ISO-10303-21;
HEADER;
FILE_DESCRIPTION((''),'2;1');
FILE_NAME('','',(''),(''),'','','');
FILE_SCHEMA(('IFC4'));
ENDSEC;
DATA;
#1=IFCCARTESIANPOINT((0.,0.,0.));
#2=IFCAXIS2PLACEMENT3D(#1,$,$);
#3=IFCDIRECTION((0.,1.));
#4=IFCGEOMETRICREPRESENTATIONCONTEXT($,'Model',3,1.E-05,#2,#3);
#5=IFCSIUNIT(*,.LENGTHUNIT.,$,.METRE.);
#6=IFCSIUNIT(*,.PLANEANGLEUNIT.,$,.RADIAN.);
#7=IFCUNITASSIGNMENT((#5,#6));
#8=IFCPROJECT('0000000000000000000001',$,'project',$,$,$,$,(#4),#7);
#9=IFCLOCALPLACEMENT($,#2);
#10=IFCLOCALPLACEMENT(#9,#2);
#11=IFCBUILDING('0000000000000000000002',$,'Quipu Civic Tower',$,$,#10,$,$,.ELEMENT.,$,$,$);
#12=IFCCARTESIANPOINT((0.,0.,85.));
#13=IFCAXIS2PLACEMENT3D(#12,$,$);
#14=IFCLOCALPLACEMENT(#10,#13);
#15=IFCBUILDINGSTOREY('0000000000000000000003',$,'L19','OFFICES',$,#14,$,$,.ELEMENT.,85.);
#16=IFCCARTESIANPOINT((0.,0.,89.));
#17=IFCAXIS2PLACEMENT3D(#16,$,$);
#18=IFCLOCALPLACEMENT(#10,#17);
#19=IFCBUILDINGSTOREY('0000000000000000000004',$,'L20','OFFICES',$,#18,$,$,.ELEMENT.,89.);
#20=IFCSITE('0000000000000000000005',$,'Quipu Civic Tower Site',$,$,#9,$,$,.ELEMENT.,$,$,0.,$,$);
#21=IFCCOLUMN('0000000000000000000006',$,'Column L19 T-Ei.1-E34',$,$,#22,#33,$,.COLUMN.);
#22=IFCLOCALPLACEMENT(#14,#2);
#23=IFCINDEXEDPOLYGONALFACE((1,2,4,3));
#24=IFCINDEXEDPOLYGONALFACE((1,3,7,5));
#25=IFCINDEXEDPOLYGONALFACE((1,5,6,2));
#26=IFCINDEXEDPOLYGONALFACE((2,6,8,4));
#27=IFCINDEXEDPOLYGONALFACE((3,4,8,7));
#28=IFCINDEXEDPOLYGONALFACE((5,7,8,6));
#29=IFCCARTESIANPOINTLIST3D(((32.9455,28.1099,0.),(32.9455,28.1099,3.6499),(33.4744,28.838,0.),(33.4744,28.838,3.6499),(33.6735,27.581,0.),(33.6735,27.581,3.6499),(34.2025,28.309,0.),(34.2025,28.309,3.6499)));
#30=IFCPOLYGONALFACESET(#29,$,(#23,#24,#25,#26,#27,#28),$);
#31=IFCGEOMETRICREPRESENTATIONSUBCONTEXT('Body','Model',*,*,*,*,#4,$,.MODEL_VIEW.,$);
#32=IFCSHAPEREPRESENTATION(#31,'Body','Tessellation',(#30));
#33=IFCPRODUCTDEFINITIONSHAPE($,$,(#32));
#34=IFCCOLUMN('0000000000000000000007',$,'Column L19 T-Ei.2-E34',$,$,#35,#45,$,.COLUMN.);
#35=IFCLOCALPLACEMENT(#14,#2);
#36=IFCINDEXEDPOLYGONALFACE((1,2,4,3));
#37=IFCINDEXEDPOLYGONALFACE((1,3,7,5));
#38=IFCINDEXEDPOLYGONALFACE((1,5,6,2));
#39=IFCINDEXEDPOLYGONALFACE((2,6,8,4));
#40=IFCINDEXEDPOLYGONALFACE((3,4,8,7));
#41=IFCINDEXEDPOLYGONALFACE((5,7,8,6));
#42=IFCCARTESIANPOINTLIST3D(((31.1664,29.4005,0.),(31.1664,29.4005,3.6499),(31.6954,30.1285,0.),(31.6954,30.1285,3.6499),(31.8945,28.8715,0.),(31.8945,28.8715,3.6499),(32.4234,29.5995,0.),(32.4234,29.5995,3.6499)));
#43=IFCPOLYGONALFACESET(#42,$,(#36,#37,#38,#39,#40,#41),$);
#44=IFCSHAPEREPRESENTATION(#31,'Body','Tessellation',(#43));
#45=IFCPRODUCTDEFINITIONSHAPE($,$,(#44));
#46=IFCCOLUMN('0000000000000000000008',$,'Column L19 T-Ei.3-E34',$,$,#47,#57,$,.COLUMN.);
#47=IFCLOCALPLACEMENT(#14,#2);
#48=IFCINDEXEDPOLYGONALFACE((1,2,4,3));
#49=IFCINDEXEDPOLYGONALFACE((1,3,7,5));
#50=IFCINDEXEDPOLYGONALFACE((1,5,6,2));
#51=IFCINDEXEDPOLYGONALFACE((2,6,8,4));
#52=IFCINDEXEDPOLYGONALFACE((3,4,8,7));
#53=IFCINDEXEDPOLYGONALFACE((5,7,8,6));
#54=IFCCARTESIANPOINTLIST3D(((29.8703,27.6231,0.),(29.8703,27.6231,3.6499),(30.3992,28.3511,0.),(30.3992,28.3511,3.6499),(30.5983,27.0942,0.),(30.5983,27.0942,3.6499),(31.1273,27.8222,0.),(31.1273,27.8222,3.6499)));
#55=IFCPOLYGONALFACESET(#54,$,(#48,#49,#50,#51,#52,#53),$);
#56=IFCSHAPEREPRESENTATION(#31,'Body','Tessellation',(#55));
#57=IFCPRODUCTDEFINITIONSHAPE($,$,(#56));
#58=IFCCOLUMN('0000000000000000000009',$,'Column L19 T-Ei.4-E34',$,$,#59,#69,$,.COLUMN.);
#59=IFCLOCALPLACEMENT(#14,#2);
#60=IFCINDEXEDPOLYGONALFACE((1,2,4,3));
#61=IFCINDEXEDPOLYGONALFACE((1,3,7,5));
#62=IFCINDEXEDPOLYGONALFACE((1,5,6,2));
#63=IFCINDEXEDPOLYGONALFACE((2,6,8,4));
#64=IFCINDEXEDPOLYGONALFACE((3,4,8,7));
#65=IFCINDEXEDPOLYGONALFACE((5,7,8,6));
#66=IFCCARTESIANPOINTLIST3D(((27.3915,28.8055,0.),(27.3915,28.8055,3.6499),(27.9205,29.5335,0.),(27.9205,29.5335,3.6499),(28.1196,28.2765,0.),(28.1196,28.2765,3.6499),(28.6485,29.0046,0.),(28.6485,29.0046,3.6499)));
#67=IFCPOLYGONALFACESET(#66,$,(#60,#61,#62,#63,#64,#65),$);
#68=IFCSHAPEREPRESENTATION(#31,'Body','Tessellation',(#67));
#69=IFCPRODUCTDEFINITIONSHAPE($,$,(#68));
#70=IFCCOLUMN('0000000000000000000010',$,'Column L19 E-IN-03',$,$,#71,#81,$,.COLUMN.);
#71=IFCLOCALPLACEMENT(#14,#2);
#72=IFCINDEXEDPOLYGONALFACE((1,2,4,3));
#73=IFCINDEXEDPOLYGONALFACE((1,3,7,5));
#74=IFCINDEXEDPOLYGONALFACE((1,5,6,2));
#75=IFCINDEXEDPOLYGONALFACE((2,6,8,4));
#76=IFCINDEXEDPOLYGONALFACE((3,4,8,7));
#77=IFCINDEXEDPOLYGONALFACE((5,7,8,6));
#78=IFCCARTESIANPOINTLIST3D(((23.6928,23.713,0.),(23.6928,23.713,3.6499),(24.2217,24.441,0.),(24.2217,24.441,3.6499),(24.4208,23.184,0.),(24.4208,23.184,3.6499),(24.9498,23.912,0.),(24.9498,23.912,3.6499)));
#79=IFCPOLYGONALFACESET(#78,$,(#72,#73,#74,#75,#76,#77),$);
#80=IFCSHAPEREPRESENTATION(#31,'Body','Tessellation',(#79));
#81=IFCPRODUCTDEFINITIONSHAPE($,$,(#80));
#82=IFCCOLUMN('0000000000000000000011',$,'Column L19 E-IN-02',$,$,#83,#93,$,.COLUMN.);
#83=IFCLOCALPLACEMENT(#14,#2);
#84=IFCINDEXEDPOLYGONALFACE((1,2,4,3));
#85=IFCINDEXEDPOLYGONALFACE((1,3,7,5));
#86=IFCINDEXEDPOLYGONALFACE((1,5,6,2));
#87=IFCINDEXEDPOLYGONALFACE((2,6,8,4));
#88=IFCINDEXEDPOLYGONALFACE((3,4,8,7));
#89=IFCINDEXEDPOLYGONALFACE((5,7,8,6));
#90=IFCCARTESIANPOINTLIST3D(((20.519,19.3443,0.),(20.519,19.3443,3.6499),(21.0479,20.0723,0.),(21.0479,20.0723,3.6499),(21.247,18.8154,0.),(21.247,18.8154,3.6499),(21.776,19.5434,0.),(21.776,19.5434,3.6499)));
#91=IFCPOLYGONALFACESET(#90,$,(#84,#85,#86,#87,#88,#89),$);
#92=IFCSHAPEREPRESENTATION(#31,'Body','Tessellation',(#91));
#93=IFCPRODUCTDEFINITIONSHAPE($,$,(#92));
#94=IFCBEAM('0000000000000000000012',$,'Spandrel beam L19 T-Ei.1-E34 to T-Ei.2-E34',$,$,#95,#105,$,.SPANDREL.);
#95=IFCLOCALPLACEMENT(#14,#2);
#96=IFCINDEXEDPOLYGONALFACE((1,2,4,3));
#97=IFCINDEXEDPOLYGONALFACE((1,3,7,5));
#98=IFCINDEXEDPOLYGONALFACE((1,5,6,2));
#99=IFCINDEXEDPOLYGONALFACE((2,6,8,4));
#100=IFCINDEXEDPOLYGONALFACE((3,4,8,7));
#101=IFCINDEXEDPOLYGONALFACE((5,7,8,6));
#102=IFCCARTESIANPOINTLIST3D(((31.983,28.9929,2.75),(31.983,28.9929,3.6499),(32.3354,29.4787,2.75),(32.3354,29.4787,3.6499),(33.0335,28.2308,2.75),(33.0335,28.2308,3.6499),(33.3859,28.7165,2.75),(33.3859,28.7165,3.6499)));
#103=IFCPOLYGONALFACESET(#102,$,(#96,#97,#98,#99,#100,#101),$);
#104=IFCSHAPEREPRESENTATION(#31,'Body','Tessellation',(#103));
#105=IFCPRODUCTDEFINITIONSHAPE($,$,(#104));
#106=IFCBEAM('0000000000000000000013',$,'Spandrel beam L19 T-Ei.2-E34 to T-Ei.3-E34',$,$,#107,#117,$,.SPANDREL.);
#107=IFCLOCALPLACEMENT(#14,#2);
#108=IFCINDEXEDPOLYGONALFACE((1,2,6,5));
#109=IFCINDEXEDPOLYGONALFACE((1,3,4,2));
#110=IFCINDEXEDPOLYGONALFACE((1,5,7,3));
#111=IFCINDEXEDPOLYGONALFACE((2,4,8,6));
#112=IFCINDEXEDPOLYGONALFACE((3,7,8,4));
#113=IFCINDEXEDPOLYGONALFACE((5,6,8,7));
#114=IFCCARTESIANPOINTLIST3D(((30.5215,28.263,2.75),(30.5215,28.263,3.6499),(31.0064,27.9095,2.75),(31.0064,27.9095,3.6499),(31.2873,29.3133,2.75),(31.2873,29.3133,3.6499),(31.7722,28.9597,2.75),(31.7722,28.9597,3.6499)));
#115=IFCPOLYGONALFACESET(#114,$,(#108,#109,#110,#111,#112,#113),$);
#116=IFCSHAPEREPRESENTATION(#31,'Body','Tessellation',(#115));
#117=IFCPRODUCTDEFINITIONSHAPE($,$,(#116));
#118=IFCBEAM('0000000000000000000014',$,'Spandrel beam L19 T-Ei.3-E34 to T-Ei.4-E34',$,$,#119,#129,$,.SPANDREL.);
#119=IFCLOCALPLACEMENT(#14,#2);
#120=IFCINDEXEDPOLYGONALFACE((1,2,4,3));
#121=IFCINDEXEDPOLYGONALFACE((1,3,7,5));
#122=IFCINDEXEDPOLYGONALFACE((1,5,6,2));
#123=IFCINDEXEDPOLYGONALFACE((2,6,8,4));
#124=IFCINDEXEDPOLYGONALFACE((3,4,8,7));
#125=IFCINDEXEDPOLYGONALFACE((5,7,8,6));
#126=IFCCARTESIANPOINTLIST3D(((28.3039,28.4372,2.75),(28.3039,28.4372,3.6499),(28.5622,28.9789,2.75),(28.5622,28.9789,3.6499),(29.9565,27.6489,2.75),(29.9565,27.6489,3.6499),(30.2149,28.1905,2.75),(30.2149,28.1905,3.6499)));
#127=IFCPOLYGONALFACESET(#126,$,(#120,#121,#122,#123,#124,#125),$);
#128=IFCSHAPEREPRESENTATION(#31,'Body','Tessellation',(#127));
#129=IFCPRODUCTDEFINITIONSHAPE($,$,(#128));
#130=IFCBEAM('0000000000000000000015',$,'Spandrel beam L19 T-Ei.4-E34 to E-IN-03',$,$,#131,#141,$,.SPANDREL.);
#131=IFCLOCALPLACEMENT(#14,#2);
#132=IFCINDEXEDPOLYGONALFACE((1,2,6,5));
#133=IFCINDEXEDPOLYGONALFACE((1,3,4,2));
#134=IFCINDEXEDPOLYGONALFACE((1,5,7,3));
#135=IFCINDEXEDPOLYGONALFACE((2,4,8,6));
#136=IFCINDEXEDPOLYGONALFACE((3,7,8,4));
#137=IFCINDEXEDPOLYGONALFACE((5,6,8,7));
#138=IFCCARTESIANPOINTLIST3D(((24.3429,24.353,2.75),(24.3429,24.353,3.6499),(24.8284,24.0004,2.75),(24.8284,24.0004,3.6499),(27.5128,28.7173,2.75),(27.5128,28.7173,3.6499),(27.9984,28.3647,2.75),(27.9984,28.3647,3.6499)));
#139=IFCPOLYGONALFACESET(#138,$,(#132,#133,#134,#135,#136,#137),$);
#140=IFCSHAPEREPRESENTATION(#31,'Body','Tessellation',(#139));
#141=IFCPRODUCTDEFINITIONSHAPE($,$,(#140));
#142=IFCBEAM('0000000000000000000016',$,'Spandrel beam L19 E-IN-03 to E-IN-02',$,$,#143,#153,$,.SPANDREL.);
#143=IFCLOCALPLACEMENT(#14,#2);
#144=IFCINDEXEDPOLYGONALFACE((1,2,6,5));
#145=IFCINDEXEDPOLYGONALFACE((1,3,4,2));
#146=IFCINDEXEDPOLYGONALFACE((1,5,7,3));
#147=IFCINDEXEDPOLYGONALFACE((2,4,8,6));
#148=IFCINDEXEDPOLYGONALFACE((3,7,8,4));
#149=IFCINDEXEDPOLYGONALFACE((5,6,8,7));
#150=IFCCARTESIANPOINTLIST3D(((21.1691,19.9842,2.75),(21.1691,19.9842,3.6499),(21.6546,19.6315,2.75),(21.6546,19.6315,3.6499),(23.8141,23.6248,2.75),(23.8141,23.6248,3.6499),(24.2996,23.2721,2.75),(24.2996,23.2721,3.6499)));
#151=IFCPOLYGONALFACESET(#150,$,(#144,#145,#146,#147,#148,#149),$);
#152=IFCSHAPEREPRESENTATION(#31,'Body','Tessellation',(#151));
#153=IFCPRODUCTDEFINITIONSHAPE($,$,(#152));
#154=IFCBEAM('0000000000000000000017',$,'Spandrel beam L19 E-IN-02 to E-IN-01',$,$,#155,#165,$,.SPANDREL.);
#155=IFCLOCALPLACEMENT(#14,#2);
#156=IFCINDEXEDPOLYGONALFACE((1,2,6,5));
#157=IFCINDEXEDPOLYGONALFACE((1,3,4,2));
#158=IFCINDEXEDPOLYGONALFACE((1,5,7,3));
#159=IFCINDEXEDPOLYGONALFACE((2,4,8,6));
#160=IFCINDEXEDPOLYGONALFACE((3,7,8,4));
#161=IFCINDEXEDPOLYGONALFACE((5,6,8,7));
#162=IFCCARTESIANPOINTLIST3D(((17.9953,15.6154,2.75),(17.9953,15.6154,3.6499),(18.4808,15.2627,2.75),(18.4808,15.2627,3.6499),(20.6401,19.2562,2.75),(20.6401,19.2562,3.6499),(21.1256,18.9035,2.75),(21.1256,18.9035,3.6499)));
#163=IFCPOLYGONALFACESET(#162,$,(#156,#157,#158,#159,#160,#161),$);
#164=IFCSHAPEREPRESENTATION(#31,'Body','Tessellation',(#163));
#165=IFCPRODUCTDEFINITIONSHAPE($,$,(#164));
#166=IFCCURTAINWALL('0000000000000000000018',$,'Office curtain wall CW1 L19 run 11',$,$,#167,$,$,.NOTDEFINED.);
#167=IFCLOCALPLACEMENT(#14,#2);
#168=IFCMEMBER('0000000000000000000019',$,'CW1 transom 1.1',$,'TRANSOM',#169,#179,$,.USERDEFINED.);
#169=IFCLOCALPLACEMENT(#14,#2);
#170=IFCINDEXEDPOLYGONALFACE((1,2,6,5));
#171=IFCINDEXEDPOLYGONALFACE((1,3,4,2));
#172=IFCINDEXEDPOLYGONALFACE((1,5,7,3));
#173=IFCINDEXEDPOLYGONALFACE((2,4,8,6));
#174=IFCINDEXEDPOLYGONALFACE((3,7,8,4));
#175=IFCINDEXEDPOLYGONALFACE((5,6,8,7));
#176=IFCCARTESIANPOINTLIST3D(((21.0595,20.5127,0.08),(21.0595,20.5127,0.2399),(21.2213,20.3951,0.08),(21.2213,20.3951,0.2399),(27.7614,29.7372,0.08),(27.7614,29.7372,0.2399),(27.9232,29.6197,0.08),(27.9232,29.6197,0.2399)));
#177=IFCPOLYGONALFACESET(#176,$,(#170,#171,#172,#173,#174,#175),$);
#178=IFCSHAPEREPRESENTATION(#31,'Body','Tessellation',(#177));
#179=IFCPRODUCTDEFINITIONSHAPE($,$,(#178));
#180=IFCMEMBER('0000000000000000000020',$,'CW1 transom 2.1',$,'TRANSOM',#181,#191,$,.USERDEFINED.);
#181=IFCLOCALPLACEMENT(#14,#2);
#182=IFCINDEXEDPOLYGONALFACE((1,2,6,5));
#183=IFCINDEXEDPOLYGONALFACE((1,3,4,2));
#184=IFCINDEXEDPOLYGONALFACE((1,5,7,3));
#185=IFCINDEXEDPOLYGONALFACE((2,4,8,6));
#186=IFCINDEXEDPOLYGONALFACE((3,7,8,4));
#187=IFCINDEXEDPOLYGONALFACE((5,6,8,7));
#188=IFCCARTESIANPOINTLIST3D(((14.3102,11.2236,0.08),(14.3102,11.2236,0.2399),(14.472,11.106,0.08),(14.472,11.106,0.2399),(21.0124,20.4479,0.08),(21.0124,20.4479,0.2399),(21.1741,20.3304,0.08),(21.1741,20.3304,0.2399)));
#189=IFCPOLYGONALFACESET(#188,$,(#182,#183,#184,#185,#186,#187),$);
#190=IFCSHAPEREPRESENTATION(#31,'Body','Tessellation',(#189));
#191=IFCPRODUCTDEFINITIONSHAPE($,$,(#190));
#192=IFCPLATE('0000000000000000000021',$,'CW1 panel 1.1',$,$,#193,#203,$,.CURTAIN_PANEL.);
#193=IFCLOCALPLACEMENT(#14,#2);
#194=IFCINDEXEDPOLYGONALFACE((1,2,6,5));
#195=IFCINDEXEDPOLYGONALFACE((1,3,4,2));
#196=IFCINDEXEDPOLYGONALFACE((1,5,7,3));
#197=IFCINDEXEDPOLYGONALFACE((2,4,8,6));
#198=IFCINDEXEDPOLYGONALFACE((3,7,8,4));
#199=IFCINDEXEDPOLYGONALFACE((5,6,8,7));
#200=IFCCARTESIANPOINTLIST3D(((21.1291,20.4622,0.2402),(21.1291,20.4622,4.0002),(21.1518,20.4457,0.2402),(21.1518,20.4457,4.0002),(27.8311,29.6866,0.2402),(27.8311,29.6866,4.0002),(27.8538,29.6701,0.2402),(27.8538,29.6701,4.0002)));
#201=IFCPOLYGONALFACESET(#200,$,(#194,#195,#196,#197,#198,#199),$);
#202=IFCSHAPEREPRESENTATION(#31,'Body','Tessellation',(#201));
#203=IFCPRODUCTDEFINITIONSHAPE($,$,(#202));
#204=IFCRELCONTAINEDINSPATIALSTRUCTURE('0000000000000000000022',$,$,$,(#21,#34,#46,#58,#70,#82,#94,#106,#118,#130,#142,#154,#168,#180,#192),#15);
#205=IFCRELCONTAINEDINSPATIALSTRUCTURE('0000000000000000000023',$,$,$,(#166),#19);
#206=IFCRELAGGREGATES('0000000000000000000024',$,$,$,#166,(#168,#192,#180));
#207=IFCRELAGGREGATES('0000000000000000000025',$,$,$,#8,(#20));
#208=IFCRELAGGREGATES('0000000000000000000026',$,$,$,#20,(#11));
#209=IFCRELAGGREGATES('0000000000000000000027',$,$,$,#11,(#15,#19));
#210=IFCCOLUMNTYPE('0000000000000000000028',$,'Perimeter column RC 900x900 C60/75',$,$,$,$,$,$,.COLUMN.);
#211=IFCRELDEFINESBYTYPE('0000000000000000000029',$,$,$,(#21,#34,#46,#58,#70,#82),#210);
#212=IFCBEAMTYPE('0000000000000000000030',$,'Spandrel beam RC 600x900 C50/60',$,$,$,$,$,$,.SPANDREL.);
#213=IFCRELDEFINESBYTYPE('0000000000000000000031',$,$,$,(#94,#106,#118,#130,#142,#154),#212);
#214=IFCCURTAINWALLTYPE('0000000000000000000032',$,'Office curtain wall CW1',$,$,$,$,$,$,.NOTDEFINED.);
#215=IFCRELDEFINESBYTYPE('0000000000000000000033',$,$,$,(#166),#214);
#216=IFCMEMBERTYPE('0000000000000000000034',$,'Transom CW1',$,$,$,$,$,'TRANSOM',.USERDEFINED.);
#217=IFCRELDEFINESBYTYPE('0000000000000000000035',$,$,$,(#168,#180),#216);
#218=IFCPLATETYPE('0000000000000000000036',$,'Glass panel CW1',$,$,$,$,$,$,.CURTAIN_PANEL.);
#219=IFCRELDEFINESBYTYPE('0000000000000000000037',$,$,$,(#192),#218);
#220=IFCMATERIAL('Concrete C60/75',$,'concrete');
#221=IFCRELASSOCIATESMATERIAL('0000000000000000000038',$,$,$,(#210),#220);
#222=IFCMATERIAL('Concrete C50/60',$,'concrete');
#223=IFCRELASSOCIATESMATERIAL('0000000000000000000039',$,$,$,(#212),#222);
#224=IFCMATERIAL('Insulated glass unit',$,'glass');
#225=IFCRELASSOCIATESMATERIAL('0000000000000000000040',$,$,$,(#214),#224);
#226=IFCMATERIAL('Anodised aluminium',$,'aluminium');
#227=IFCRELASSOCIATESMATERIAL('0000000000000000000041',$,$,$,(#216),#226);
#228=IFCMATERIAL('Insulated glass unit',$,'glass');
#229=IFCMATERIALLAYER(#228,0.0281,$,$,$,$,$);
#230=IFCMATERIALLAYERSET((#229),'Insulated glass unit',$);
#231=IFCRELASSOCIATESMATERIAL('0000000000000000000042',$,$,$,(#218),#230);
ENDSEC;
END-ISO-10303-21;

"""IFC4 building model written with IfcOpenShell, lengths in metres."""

from ifc_helpers import new_model, si_unit, direction, frame, origin, origin_2d, place, context, subcontext, project, spatial, rectangle, extrude, material, layer, layer_set, material_profile, profile_set, type_object, element, aggregate, save


model = new_model("IFC4")

# Units and contexts
model_context = context("Model", 3, precision=1e-05, world=origin(), true_north=direction((0.0, 1.0)))
body_context = subcontext(model_context, "Body", "Model", "MODEL_VIEW")
ifc_project = project(units=[si_unit("LENGTHUNIT", "METRE"), si_unit("PLANEANGLEUNIT", "RADIAN")], contexts=[model_context])

# Site, building, storey
site_placement = place(None, origin())
site = spatial("IfcSite", under=ifc_project, at=site_placement, Name="Quipu Civic Tower Site", CompositionType="ELEMENT", RefElevation=0.0)
building_placement = place(site_placement, origin())
building = spatial("IfcBuilding", under=site, at=building_placement, Name="Quipu Civic Tower", CompositionType="ELEMENT")
storey_1_placement = place(building_placement, frame((0.0, 0.0, 85.0)))
storey_1 = spatial("IfcBuildingStorey", under=building, at=storey_1_placement, Name="L19", Description="OFFICES", CompositionType="ELEMENT", Elevation=85.0)

# Columns
ifc_material_1 = material(Name="Concrete C60/75", Category="concrete")
ifc_material_profile_1 = material_profile(ifc_material_1, rectangle(XDim=0.8999, YDim=0.8999, at=origin_2d()), Name="RC900x900")
ifc_profile_set_1 = profile_set([ifc_material_profile_1], Name="Concrete C60/75")
column_type = type_object("IfcColumnType", Name="Perimeter column RC 900x900 C60/75", PredefinedType="COLUMN", material=ifc_profile_set_1)
for number, where, z_axis, x_axis, name in (
    (1, (33.574, 28.2095, 0.0), (0.0, 0.0, 1.0), (-0.809017, 0.587785, 0.0), "Column L19 T-Ei.1-E34"),
    (2, (31.7949, 29.5, 0.0), (0.0, 0.0, 1.0), (-0.587785, -0.809017, 0.0), "Column L19 T-Ei.2-E34"),
    (3, (30.4988, 27.7227, 0.0), (0.0, 0.0, 1.0), (-0.809017, 0.587785, 0.0), "Column L19 T-Ei.3-E34"),
    (4, (28.02, 28.905, 0.0), (0.0, 0.0, 1.0), (-0.809017, 0.587785, 0.0), "Column L19 T-Ei.4-E34"),
    (5, (24.3213, 23.8125, 0.0), (0.0, 0.0, 1.0), (-0.587785, -0.809017, 0.0), "Column L19 E-IN-03"),
    (6, (21.1475, 19.4438, 0.0), (0.0, 0.0, 1.0), (-0.587785, -0.809017, 0.0), "Column L19 E-IN-02"),
):
    element("IfcColumn", number, at=place(storey_1_placement, frame(where, z_axis=z_axis, x_axis=x_axis)), inside=storey_1, type_object=column_type, Name=name, PredefinedType="COLUMN", context=body_context, shape_type="SweptSolid", body=[
        extrude(rectangle(XDim=0.8999, YDim=0.8999, at=origin_2d()), origin(), (0.0, 0.0, 1.0), 3.6499),
    ])

# Beams
ifc_material_2 = material(Name="Concrete C50/60", Category="concrete")
ifc_material_profile_2 = material_profile(ifc_material_2, rectangle(XDim=0.6001, YDim=0.8999, at=origin_2d()), Name="RC600x900")
ifc_profile_set_2 = profile_set([ifc_material_profile_2], Name="Concrete C50/60")
beam_type = type_object("IfcBeamType", Name="Spandrel beam RC 600x900 C50/60", PredefinedType="SPANDREL", material=ifc_profile_set_2)
beam_1_placement = place(storey_1_placement, frame((33.2097, 28.4736, 3.2), z_axis=(-0.809403, 0.587254, 0.0), x_axis=(-0.587254, -0.809403, 0.0)))
element("IfcBeam", 7, at=beam_1_placement, inside=storey_1, type_object=beam_type, Name="Spandrel beam L19 T-Ei.1-E34 to T-Ei.2-E34", PredefinedType="SPANDREL", context=body_context, shape_type="SweptSolid", body=[
    extrude(rectangle(XDim=0.6001, YDim=0.8999, at=origin_2d()), origin(), (0.0, 0.0, 1.0), 1.2979),
])
beam_2_placement = place(storey_1_placement, frame((31.5298, 29.1365, 3.2), z_axis=(-0.589187, -0.807996, 0.0), x_axis=(0.807996, -0.589187, 0.0)))
element("IfcBeam", 8, at=beam_2_placement, inside=storey_1, type_object=beam_type, Name="Spandrel beam L19 T-Ei.2-E34 to T-Ei.3-E34", PredefinedType="SPANDREL", context=body_context, shape_type="SweptSolid", body=[
    extrude(rectangle(XDim=0.6001, YDim=0.8999, at=origin_2d()), origin(), (0.0, 0.0, 1.0), 1.2998),
])
beam_3_placement = place(storey_1_placement, frame((30.0857, 27.9197, 3.2), z_axis=(-0.902567, 0.430549, 0.0), x_axis=(-0.430549, -0.902567, 0.0)))
element("IfcBeam", 9, at=beam_3_placement, inside=storey_1, type_object=beam_type, Name="Spandrel beam L19 T-Ei.3-E34 to T-Ei.4-E34", PredefinedType="SPANDREL", context=body_context, shape_type="SweptSolid", body=[
    extrude(rectangle(XDim=0.6001, YDim=0.8999, at=origin_2d()), origin(), (0.0, 0.0, 1.0), 1.8311),
])
beam_4_placement = place(storey_1_placement, frame((27.7556, 28.541, 3.2), z_axis=(-0.587676, -0.809096, 0.0), x_axis=(0.809096, -0.587676, 0.0)))
element("IfcBeam", 10, at=beam_4_placement, inside=storey_1, type_object=beam_type, Name="Spandrel beam L19 T-Ei.4-E34 to E-IN-03", PredefinedType="SPANDREL", context=body_context, shape_type="SweptSolid", body=[
    extrude(rectangle(XDim=0.6001, YDim=0.8999, at=origin_2d()), origin(), (0.0, 0.0, 1.0), 5.394),
])
for number, where, z_axis, x_axis, name in (
    (11, (24.0569, 23.4485, 3.2), (-0.587778, -0.809022, 0.0), (0.809022, -0.587778, 0.0), "Spandrel beam L19 E-IN-03 to E-IN-02"),
    (12, (20.8828, 19.0798, 3.2), (-0.587717, -0.809067, 0.0), (0.809067, -0.587717, 0.0), "Spandrel beam L19 E-IN-02 to E-IN-01"),
):
    element("IfcBeam", number, at=place(storey_1_placement, frame(where, z_axis=z_axis, x_axis=x_axis)), inside=storey_1, type_object=beam_type, Name=name, PredefinedType="SPANDREL", context=body_context, shape_type="SweptSolid", body=[
        extrude(rectangle(XDim=0.6001, YDim=0.8999, at=origin_2d()), origin(), (0.0, 0.0, 1.0), 4.5),
    ])

# Shared definitions
storey_2_placement = place(building_placement, frame((0.0, 0.0, 89.0)))
storey_2 = spatial("IfcBuildingStorey", under=building, at=storey_2_placement, Name="L20", Description="OFFICES", CompositionType="ELEMENT", Elevation=89.0)

# Curtain wall, members, plate
ifc_material_3 = material(Name="Insulated glass unit", Category="glass")
curtain_wall_type = type_object("IfcCurtainWallType", Name="Office curtain wall CW1", PredefinedType="NOTDEFINED", material=ifc_material_3)
curtain_wall_placement = place(storey_2_placement, origin())
curtain_wall = element("IfcCurtainWall", 13, at=curtain_wall_placement, inside=storey_2, type_object=curtain_wall_type, Name="Office curtain wall CW1 L19 run 11", PredefinedType="NOTDEFINED")
ifc_material_4 = material(Name="Anodised aluminium", Category="aluminium")
ifc_material_profile_3 = material_profile(ifc_material_4, rectangle(XDim=0.2, YDim=0.1599, at=origin_2d()), Name="RECT 200x160")
ifc_profile_set_3 = profile_set([ifc_material_profile_3], Name="Anodised aluminium")
member_type = type_object("IfcMemberType", Name="Transom CW1", ElementType="TRANSOM", PredefinedType="USERDEFINED", material=ifc_profile_set_3)
member_1_placement = place(storey_1_placement, frame((27.8423, 29.6785, 0.1599), z_axis=(-0.587776, -0.809024, 0.0), x_axis=(0.809024, -0.587776, 0.0)))
member_1 = element("IfcMember", 14, at=member_1_placement, inside=storey_1, type_object=member_type, Name="CW1 transom 1.1", ObjectType="TRANSOM", PredefinedType="USERDEFINED", context=body_context, shape_type="SweptSolid", body=[
    extrude(rectangle(XDim=0.2, YDim=0.1599, at=origin_2d()), origin(), (0.0, 0.0, 1.0), 11.4021),
])
member_2_placement = place(storey_1_placement, frame((21.0933, 20.3892, 0.1599), z_axis=(-0.5878, -0.809006, 0.0), x_axis=(0.809006, -0.5878, 0.0)))
member_2 = element("IfcMember", 15, at=member_2_placement, inside=storey_1, type_object=member_type, Name="CW1 transom 2.1", ObjectType="TRANSOM", PredefinedType="USERDEFINED", context=body_context, shape_type="SweptSolid", body=[
    extrude(rectangle(XDim=0.2, YDim=0.1599, at=origin_2d()), origin(), (0.0, 0.0, 1.0), 11.4021),
])
ifc_material_5 = material(Name="Insulated glass unit", Category="glass")
ifc_layer_1 = layer(ifc_material_5, 0.0281)
ifc_layer_set_1 = layer_set([ifc_layer_1], Name="Insulated glass unit")
plate_type_1 = type_object("IfcPlateType", Name="Glass panel CW1", PredefinedType="CURTAIN_PANEL", material=ifc_layer_set_1)
plate_placement = place(storey_1_placement, frame((24.4915, 25.0662, 0.2402), z_axis=(0.0, 0.0, 1.0), x_axis=(-0.587789, -0.809014, 0.0)))
plate = element("IfcPlate", 16, at=plate_placement, inside=storey_1, type_object=plate_type_1, Name="CW1 panel 1.1", PredefinedType="CURTAIN_PANEL", context=body_context, shape_type="SweptSolid", body=[
    extrude(rectangle(XDim=11.4021, YDim=0.0281, at=origin_2d()), origin(), (0.0, 0.0, 1.0), 3.76),
])
aggregate(curtain_wall, [member_1, plate, member_2])

save(model, "model.ifc")
